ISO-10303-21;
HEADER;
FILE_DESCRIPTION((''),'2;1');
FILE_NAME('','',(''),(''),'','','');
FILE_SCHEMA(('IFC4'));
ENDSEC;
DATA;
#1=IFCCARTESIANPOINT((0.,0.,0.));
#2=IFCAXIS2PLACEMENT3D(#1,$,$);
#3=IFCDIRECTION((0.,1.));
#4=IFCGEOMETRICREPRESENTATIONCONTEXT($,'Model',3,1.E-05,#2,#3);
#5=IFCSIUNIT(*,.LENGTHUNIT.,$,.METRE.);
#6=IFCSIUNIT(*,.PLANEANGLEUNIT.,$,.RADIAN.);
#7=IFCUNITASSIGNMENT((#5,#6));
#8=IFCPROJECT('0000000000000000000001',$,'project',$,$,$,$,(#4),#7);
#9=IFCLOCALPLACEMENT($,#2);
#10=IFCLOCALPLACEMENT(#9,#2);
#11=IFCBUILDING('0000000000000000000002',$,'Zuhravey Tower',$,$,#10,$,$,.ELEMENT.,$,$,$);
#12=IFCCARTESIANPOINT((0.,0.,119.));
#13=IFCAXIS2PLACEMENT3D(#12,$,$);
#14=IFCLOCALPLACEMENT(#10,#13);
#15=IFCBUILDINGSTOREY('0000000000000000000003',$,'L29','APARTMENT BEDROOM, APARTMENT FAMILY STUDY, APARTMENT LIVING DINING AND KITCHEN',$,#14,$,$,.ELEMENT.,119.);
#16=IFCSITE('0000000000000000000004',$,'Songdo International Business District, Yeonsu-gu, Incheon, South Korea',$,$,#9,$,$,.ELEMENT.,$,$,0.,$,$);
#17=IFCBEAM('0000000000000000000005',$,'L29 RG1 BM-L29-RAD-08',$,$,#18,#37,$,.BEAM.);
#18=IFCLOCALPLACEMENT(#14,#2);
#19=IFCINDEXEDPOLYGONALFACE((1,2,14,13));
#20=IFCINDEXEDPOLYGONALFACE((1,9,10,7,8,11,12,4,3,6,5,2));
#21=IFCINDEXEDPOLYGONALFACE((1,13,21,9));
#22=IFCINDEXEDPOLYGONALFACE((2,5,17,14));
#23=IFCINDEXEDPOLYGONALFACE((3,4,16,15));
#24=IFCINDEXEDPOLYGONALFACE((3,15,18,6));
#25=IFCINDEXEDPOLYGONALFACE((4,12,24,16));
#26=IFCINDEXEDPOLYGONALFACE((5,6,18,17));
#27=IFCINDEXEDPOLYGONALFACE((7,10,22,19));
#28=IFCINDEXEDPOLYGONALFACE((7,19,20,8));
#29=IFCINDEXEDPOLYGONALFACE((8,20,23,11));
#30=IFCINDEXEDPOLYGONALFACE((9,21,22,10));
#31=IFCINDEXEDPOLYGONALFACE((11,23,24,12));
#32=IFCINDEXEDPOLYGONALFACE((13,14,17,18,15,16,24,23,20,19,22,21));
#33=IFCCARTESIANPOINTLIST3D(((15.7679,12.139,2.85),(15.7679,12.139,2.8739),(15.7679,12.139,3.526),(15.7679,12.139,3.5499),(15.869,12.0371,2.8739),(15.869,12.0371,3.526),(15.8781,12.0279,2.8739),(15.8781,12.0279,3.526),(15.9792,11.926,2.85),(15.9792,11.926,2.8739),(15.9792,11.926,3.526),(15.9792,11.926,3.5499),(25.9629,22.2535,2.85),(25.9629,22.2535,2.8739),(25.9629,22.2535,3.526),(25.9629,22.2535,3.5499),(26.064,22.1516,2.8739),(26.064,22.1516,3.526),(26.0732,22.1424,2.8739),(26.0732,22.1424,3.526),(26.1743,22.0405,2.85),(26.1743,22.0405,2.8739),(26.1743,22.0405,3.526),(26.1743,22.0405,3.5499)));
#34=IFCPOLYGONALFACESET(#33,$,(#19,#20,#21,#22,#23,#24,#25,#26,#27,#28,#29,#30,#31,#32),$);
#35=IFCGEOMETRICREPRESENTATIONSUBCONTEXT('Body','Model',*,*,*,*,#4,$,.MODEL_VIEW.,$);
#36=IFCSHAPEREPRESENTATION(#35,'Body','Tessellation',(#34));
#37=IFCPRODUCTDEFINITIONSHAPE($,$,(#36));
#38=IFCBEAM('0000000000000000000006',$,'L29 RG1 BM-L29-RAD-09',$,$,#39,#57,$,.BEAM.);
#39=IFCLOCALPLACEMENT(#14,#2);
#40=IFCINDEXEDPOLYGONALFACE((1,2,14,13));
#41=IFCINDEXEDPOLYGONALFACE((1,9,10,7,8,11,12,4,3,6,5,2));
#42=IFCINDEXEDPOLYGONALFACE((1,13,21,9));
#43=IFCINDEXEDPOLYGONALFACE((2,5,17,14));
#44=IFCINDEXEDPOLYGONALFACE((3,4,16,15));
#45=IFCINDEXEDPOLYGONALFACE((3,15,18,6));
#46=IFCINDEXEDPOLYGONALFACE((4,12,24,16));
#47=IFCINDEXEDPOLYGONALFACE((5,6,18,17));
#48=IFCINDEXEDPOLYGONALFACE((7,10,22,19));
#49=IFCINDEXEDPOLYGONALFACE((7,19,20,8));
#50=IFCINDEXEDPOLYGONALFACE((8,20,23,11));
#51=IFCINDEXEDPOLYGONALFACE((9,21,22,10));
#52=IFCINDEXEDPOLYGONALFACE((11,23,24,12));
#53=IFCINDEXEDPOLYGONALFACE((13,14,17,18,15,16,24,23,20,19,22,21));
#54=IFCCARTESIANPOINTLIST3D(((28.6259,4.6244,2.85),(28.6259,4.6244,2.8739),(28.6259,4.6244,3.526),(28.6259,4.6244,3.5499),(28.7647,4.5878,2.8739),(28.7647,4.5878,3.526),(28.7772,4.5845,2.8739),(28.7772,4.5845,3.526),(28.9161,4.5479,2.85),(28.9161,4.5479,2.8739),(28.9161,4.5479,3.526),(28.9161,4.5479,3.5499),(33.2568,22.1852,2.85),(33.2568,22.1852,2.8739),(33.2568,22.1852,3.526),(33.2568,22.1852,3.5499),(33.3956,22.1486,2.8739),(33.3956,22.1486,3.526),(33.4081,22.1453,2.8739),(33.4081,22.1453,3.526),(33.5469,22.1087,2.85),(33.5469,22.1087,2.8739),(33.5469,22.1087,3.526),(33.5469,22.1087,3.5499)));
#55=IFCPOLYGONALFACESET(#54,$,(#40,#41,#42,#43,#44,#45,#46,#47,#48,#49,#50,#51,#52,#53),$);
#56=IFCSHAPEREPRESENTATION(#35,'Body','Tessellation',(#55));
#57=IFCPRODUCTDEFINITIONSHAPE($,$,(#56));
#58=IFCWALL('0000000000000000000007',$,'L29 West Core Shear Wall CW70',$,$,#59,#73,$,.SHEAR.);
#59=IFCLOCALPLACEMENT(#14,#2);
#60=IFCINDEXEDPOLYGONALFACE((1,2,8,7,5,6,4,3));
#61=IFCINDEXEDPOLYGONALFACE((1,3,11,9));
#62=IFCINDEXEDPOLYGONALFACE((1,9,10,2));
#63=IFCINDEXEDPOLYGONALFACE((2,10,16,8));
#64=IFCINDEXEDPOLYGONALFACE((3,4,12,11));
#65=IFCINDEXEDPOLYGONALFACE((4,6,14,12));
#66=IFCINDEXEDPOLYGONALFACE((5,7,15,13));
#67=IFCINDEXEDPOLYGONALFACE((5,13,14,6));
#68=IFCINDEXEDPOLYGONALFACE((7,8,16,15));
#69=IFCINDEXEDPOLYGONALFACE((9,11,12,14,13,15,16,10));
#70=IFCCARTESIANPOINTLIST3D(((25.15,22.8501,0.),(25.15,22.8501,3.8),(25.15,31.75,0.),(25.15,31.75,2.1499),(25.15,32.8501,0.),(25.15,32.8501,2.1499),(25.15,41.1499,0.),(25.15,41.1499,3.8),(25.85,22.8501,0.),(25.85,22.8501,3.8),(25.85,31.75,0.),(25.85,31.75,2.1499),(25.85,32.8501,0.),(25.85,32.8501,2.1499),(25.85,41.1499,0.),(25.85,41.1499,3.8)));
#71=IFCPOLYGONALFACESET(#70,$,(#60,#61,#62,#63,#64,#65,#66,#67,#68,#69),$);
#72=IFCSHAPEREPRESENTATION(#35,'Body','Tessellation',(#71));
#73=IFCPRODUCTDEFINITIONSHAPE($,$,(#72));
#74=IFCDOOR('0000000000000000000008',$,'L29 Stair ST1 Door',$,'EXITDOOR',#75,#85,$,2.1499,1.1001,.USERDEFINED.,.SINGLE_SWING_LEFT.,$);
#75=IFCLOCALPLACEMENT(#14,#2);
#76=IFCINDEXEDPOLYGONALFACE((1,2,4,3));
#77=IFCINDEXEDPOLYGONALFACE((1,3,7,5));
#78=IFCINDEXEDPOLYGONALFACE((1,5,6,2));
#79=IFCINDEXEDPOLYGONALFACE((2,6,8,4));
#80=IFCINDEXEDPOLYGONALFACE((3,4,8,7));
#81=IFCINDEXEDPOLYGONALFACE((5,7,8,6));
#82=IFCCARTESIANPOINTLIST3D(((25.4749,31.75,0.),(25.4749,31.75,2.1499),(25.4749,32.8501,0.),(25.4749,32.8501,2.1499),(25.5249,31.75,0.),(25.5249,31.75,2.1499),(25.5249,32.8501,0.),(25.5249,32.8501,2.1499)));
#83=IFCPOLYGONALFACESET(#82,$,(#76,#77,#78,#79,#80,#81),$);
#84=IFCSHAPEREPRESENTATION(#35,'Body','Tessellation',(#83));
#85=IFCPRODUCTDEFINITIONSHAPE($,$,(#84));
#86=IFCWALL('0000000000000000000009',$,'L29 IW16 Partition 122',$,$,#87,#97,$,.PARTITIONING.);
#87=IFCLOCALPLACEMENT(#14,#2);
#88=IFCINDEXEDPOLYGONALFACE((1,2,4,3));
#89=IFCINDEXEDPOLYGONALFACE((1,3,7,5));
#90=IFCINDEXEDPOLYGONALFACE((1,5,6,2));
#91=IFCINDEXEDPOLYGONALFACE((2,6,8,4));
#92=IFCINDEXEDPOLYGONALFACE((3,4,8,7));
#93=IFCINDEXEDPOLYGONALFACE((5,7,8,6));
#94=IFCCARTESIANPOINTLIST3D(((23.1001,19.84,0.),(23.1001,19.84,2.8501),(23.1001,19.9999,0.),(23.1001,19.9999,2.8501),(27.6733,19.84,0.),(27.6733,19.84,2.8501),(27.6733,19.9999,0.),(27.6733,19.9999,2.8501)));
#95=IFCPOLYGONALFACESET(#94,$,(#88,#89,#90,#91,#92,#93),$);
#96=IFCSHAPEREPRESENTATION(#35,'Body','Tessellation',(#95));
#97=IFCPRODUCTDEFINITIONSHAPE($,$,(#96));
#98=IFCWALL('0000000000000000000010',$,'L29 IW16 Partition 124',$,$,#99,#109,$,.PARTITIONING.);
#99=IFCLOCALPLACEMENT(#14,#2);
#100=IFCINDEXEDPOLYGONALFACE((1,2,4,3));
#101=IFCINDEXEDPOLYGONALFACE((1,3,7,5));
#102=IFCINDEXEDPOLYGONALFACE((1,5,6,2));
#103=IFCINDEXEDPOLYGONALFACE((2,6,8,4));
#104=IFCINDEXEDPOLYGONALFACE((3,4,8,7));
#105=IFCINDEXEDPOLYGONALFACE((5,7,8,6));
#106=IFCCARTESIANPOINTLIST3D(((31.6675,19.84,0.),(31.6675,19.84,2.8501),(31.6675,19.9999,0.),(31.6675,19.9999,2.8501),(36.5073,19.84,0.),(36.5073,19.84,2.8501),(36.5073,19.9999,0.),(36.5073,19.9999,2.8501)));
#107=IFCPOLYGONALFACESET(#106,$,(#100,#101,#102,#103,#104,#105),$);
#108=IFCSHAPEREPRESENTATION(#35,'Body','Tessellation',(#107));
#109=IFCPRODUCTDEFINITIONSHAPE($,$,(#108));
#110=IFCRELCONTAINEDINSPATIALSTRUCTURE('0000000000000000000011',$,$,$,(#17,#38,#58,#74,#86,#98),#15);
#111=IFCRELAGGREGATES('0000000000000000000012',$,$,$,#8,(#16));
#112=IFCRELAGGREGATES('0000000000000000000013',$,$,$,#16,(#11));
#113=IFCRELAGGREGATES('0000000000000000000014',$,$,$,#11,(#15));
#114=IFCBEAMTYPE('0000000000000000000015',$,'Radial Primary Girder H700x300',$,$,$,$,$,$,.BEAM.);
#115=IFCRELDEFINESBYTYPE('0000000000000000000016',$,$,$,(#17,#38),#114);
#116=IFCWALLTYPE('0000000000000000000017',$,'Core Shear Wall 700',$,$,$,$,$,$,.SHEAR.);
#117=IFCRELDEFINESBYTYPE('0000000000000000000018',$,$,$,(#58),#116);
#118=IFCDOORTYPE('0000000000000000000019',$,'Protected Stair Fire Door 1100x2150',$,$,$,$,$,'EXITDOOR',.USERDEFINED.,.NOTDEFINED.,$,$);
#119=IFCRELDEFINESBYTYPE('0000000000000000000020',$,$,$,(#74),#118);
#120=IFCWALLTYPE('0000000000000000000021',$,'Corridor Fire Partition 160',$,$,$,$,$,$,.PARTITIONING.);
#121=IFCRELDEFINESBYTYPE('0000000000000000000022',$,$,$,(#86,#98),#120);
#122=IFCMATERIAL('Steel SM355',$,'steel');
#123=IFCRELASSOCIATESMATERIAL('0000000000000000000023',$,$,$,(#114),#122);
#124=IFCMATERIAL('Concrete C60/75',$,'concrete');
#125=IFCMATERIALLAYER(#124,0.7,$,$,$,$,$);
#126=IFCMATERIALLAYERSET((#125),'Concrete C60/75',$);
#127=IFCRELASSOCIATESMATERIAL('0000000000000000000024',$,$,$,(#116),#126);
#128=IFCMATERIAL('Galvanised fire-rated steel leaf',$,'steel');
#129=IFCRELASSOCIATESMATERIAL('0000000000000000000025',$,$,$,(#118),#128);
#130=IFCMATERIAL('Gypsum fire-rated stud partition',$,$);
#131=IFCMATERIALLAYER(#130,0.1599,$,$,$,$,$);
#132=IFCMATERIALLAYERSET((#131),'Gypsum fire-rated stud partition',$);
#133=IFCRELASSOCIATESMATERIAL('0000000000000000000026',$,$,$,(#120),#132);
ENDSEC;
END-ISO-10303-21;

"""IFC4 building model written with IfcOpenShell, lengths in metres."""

from ifc_helpers import new_model, si_unit, direction, frame, frame_2d, origin, origin_2d, place, context, subcontext, project, spatial, rectangle, i_section, extrude, material, layer, layer_set, material_profile, profile_set, type_object, element, fill, save


model = new_model("IFC4")

# Units and contexts
model_context = context("Model", 3, precision=1e-05, world=origin(), true_north=direction((0.0, 1.0)))
body_context = subcontext(model_context, "Body", "Model", "MODEL_VIEW")
ifc_project = project(units=[si_unit("LENGTHUNIT", "METRE"), si_unit("PLANEANGLEUNIT", "RADIAN")], contexts=[model_context])

# Site, building, storey
site_placement = place(None, origin())
site = spatial("IfcSite", under=ifc_project, at=site_placement, Name="Songdo International Business District, Yeonsu-gu, Incheon, South Korea", CompositionType="ELEMENT", RefElevation=0.0)
building_placement = place(site_placement, origin())
building = spatial("IfcBuilding", under=site, at=building_placement, Name="Zuhravey Tower", CompositionType="ELEMENT")
storey_placement = place(building_placement, frame((0.0, 0.0, 119.0)))
storey = spatial("IfcBuildingStorey", under=building, at=storey_placement, Name="L29", Description="APARTMENT BEDROOM, APARTMENT FAMILY STUDY, APARTMENT LIVING DINING AND KITCHEN", CompositionType="ELEMENT", Elevation=119.0)

# Beams
ifc_material_1 = material(Name="Steel SM355", Category="steel")
ifc_material_profile = material_profile(ifc_material_1, i_section(OverallWidth=0.3, OverallDepth=0.7, WebThickness=0.0129, FlangeThickness=0.0239, at=origin_2d()), Name="H-700x300x13x24")
ifc_profile_set = profile_set([ifc_material_profile], Name="Steel SM355")
beam_type = type_object("IfcBeamType", Name="Radial Primary Girder H700x300", PredefinedType="BEAM", material=ifc_profile_set)
beam_1_placement = place(storey_placement, frame((26.0686, 22.147, 3.2), z_axis=(-0.709906, -0.704296, 0.0), x_axis=(0.704296, -0.709906, 0.0)))
element("IfcBeam", 1, at=beam_1_placement, inside=storey, type_object=beam_type, Name="L29 RG1 BM-L29-RAD-08", PredefinedType="BEAM", context=body_context, shape_type="SweptSolid", body=[
    extrude(i_section(OverallWidth=0.3, OverallDepth=0.7, WebThickness=0.0129, FlangeThickness=0.0239, at=origin_2d()), origin(), (0.0, 0.0, 1.0), 14.3611),
])
beam_2_placement = place(storey_placement, frame((33.4019, 22.147, 3.2), z_axis=(-0.254988, -0.966944, 0.0), x_axis=(0.966944, -0.254988, 0.0)))
element("IfcBeam", 2, at=beam_2_placement, inside=storey, type_object=beam_type, Name="L29 RG1 BM-L29-RAD-09", PredefinedType="BEAM", context=body_context, shape_type="SweptSolid", body=[
    extrude(i_section(OverallWidth=0.3, OverallDepth=0.7, WebThickness=0.0129, FlangeThickness=0.0239, at=origin_2d()), origin(), (0.0, 0.0, 1.0), 18.1611),
])

# Wall, opening, door
ifc_material_2 = material(Name="Concrete C60/75", Category="concrete")
ifc_layer_1 = layer(ifc_material_2, 0.7)
ifc_layer_set_1 = layer_set([ifc_layer_1], Name="Concrete C60/75")
wall_type_1 = type_object("IfcWallType", Name="Core Shear Wall 700", PredefinedType="SHEAR", material=ifc_layer_set_1)
ifc_material_3 = material(Name="Galvanised fire-rated steel leaf", Category="steel")
wall_1_placement = place(storey_placement, frame((25.5, 22.8501, 0.0), z_axis=(0.0, 0.0, 1.0), x_axis=(0.0, 1.0, 0.0)))
wall_1 = element("IfcWall", 3, at=wall_1_placement, inside=storey, type_object=wall_type_1, Name="L29 West Core Shear Wall CW70", PredefinedType="SHEAR", context=body_context, shape_type="SweptSolid", body=[
    extrude(rectangle(XDim=18.2998, YDim=0.7, at=frame_2d((9.1499, 0.0))), origin(), (0.0, 0.0, 1.0), 3.8),
])
opening_1_placement = place(wall_1_placement, frame((8.8999, 0.0, 0.0)))
opening_1 = element("IfcOpeningElement", 4, at=opening_1_placement, cuts=wall_1, PredefinedType="OPENING", context=body_context, shape_type="SweptSolid", body=[
    extrude(rectangle(XDim=1.1001, YDim=2.1499, at=frame_2d((0.55, 1.075))), frame((0.0, 0.3621, 0.0), z_axis=(0.0, -1.0, 0.0), x_axis=(1.0, 0.0, 0.0)), (0.0, 0.0, 1.0), 0.7239),
])
door_type_1 = type_object("IfcDoorType", Name="Protected Stair Fire Door 1100x2150", ElementType="EXITDOOR", OperationType="NOTDEFINED", PredefinedType="USERDEFINED", material=ifc_material_3)
door_1_placement = place(opening_1_placement, frame((1.1001, 0.0, 0.0), z_axis=(0.0, 0.0, 1.0), x_axis=(-1.0, 0.0, 0.0)))
door_1 = element("IfcDoor", 5, at=door_1_placement, inside=storey, type_object=door_type_1, Name="L29 Stair ST1 Door", ObjectType="EXITDOOR", OperationType="SINGLE_SWING_LEFT", OverallHeight=2.1499, OverallWidth=1.1001, PredefinedType="USERDEFINED", context=body_context, shape_type="SweptSolid", body=[
    extrude(rectangle(XDim=1.1001, YDim=2.1499, at=frame_2d((0.55, 1.075))), frame((0.0, 0.0249, 0.0), z_axis=(0.0, -1.0, 0.0), x_axis=(1.0, 0.0, 0.0)), (0.0, 0.0, 1.0), 0.05),
])
fill(opening_1, door_1)
ifc_material_4 = material(Name="Gypsum fire-rated stud partition")
ifc_layer_2 = layer(ifc_material_4, 0.1599)
ifc_layer_set_2 = layer_set([ifc_layer_2], Name="Gypsum fire-rated stud partition")
wall_type_2 = type_object("IfcWallType", Name="Corridor Fire Partition 160", PredefinedType="PARTITIONING", material=ifc_layer_set_2)

# Walls
wall_2_placement = place(storey_placement, frame((23.1001, 19.9199, 0.0), z_axis=(0.0, 0.0, 1.0), x_axis=(1.0, 0.0, 0.0)))
element("IfcWall", 6, at=wall_2_placement, inside=storey, type_object=wall_type_2, Name="L29 IW16 Partition 122", PredefinedType="PARTITIONING", context=body_context, shape_type="SweptSolid", body=[
    extrude(rectangle(XDim=4.5732, YDim=0.1599, at=frame_2d((2.2866, 0.0))), origin(), (0.0, 0.0, 1.0), 2.8501),
])
wall_3_placement = place(storey_placement, frame((31.6675, 19.9199, 0.0), z_axis=(0.0, 0.0, 1.0), x_axis=(1.0, 0.0, 0.0)))
element("IfcWall", 7, at=wall_3_placement, inside=storey, type_object=wall_type_2, Name="L29 IW16 Partition 124", PredefinedType="PARTITIONING", context=body_context, shape_type="SweptSolid", body=[
    extrude(rectangle(XDim=4.8398, YDim=0.1599, at=frame_2d((2.4199, 0.0))), origin(), (0.0, 0.0, 1.0), 2.8501),
])

save(model, "model.ifc")
